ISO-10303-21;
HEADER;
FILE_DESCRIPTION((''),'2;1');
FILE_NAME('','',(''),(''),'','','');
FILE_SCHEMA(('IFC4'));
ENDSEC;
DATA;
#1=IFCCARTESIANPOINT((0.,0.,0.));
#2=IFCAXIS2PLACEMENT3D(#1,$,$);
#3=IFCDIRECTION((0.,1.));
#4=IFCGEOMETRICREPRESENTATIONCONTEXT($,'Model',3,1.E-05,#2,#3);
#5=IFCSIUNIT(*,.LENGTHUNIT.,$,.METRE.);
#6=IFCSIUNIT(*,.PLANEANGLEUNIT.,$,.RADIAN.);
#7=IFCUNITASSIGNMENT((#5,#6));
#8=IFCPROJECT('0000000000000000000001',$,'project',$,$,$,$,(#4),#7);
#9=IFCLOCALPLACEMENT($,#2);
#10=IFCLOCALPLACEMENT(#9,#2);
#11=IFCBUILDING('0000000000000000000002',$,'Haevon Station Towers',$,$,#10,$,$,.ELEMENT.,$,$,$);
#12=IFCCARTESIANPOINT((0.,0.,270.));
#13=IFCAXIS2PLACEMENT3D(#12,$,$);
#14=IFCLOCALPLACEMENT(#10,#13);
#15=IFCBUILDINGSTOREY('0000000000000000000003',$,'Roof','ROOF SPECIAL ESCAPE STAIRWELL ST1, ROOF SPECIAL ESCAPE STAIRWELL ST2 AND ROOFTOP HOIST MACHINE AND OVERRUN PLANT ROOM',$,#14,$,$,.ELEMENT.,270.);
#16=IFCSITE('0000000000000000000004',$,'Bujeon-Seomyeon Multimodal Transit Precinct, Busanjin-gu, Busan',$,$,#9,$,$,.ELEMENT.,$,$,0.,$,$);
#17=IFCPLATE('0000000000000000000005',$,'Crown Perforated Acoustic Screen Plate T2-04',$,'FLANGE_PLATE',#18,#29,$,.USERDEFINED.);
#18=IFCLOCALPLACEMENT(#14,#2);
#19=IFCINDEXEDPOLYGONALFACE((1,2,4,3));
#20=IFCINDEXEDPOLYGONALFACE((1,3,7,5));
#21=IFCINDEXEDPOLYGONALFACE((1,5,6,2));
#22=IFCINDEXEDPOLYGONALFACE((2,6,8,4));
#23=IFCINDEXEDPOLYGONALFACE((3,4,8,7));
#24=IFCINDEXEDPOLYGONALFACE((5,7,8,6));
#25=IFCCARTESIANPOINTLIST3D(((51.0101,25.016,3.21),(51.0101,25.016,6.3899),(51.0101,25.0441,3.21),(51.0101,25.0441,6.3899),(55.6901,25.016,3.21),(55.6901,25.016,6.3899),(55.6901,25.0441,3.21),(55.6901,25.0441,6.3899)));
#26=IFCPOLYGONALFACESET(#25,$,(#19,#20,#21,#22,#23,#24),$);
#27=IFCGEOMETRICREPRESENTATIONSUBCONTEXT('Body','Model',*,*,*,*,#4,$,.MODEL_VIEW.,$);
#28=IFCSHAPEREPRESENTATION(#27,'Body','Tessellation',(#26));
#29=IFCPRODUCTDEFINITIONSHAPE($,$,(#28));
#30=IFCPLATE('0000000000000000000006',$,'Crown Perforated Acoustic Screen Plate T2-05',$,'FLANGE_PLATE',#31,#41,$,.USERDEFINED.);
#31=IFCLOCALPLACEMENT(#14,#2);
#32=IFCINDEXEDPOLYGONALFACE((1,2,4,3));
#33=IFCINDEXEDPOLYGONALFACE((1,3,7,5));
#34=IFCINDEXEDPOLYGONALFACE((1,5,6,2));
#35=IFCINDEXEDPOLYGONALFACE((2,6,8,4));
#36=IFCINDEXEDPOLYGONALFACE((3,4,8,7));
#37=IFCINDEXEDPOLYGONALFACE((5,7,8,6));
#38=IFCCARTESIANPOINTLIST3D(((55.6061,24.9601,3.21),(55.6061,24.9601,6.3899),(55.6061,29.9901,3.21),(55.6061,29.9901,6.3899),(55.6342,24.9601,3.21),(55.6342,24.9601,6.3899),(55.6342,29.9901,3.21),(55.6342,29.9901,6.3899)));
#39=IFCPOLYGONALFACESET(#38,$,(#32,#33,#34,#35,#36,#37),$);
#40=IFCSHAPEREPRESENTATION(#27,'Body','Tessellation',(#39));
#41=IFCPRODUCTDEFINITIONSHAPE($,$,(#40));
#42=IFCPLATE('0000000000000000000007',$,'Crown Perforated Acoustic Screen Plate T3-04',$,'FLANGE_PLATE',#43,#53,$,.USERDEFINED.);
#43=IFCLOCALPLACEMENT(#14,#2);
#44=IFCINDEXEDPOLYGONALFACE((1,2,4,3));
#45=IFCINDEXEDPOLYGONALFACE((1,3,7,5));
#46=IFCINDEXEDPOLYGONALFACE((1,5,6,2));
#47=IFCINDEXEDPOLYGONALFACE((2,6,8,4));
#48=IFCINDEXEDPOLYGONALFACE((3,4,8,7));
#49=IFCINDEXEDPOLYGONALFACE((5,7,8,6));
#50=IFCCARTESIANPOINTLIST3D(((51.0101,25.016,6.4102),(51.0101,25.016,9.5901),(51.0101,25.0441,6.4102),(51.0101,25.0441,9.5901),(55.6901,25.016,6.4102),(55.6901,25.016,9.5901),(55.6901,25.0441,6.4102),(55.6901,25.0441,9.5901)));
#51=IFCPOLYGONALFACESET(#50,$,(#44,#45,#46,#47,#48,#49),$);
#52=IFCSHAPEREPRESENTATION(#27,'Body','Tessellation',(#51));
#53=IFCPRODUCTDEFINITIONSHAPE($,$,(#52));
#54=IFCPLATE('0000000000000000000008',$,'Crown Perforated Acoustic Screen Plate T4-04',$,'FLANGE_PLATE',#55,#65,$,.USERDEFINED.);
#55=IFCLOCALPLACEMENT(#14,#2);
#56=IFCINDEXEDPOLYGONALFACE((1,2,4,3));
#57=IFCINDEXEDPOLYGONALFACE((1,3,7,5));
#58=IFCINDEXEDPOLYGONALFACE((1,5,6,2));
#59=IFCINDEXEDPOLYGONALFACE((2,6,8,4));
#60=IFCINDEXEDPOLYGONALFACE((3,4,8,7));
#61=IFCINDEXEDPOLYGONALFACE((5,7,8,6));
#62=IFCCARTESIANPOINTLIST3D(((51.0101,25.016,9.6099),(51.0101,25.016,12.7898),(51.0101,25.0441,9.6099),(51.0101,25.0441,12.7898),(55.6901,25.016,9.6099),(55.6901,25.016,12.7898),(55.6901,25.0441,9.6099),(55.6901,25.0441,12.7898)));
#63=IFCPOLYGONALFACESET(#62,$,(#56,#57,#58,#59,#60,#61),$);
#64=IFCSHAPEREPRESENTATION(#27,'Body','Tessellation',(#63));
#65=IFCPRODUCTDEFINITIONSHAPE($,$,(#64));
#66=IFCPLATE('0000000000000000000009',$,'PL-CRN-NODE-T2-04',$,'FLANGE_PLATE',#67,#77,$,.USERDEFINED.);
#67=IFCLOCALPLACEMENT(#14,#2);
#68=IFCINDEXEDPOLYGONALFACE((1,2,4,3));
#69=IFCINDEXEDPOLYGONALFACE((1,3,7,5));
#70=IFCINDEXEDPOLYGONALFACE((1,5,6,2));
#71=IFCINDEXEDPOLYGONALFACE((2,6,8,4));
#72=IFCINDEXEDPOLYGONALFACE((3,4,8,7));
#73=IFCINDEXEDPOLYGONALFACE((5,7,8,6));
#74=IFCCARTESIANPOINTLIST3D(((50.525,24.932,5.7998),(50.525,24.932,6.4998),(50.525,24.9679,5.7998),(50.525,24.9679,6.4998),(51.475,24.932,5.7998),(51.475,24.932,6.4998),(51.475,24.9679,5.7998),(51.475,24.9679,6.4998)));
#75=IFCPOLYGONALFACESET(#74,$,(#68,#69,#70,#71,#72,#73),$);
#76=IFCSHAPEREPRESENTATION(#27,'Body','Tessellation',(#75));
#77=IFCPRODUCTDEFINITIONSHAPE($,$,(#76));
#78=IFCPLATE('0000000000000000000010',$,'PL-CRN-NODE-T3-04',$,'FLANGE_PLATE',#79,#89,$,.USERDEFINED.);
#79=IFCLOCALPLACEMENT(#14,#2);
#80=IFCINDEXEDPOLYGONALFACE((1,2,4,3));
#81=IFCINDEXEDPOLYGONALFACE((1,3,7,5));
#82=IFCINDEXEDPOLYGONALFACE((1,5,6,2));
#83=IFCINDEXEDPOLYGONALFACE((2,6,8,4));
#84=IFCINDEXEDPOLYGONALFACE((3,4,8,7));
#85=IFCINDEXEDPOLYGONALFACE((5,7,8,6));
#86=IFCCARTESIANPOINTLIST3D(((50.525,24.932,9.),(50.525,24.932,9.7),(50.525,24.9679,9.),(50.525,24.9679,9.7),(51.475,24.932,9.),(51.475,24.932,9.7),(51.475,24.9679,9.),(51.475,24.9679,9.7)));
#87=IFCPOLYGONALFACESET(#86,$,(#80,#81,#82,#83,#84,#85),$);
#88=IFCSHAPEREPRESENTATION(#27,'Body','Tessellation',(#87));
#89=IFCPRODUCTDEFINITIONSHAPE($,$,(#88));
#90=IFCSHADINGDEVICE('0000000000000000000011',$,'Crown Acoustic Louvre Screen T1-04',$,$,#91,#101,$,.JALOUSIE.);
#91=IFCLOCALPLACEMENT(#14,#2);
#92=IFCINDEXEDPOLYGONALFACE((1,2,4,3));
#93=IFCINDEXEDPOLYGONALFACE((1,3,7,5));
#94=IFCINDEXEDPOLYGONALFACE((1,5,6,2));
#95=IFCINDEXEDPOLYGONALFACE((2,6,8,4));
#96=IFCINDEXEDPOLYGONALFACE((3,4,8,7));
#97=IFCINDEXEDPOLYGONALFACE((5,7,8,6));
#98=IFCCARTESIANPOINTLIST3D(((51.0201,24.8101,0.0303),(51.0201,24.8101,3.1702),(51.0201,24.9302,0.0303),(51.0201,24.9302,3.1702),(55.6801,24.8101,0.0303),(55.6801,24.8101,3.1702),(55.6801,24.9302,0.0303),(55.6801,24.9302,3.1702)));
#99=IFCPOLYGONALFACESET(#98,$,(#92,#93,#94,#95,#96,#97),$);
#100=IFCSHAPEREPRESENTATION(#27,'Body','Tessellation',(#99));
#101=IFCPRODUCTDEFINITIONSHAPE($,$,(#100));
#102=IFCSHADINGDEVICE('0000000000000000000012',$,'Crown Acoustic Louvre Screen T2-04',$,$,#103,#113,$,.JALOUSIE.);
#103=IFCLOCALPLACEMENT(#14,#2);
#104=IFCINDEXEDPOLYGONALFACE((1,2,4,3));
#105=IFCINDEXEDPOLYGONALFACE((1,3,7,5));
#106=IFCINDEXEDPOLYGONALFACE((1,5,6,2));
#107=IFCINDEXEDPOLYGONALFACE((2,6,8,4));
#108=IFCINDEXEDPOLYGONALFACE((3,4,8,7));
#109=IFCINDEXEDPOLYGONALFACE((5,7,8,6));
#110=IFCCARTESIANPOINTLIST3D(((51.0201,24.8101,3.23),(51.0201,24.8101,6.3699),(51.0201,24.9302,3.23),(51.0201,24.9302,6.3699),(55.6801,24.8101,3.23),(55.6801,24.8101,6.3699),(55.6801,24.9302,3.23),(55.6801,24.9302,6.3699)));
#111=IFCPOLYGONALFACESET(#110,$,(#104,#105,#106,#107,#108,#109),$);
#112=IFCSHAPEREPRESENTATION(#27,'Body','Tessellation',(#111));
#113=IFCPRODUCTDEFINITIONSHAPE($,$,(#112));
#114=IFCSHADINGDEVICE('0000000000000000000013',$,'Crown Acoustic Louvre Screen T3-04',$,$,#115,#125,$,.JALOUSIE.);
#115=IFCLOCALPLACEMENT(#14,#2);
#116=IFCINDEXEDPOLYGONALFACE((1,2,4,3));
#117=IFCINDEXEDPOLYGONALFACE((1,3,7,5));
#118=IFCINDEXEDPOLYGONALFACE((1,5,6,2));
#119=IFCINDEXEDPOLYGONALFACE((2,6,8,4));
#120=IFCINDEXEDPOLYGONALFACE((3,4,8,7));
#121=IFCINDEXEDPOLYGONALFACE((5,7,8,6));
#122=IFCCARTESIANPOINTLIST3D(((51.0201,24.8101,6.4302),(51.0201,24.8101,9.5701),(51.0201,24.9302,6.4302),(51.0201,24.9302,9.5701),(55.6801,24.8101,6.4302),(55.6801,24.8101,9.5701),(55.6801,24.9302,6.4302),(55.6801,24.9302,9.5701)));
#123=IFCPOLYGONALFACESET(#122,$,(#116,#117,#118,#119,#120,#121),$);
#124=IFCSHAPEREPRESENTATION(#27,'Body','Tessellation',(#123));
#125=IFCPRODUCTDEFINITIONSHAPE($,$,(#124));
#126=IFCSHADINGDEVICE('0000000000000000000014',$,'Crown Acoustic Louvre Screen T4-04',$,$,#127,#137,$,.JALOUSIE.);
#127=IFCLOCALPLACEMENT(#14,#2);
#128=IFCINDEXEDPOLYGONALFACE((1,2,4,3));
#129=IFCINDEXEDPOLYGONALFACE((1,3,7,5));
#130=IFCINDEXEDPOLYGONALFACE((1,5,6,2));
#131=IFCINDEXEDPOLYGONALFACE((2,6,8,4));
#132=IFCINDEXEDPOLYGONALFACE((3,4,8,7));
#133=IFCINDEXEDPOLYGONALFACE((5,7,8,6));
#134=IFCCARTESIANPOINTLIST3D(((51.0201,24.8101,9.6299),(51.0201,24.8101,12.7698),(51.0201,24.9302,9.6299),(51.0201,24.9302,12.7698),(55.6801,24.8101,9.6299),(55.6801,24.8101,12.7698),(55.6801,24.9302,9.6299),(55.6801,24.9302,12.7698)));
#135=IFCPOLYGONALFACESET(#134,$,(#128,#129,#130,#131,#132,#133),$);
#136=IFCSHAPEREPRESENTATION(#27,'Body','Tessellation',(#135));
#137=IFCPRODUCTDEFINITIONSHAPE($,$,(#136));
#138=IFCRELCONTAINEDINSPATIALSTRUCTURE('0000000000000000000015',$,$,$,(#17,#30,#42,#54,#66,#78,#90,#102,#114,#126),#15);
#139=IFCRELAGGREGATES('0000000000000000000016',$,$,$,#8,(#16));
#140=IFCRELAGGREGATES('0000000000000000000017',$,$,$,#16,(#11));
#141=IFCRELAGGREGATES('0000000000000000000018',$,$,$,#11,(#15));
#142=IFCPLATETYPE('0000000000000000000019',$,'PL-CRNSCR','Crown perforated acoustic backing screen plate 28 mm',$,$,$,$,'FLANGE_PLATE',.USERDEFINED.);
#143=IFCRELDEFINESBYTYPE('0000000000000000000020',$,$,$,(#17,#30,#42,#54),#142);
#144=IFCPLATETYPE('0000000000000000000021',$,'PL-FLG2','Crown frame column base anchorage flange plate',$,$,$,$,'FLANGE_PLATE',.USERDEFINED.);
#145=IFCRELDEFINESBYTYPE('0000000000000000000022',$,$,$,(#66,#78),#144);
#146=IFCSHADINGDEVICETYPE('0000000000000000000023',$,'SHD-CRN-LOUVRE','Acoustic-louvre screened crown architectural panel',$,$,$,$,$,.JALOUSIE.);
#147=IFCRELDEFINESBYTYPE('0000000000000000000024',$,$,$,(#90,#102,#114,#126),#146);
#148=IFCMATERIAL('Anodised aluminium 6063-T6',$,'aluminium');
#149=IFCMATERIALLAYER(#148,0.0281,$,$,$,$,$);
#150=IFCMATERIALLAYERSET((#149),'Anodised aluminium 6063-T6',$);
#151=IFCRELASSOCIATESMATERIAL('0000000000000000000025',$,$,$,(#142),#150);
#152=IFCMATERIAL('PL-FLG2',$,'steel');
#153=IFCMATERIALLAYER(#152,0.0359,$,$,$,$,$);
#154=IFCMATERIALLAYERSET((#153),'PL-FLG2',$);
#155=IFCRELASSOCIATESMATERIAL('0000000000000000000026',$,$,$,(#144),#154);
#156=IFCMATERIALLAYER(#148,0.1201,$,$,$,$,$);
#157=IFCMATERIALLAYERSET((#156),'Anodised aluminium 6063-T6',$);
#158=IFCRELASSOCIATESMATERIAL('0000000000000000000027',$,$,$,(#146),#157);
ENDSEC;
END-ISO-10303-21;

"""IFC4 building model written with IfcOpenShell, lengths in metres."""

from ifc_helpers import new_model, si_unit, direction, frame, origin, origin_2d, place, context, subcontext, project, spatial, rectangle, extrude, material, layer, layer_set, type_object, element, save


model = new_model("IFC4")

# Units and contexts
model_context = context("Model", 3, precision=1e-05, world=origin(), true_north=direction((0.0, 1.0)))
body_context = subcontext(model_context, "Body", "Model", "MODEL_VIEW")
ifc_project = project(units=[si_unit("LENGTHUNIT", "METRE"), si_unit("PLANEANGLEUNIT", "RADIAN")], contexts=[model_context])

# Site, building, storey
site_placement = place(None, origin())
site = spatial("IfcSite", under=ifc_project, at=site_placement, Name="Bujeon-Seomyeon Multimodal Transit Precinct, Busanjin-gu, Busan", CompositionType="ELEMENT", RefElevation=0.0)
building_placement = place(site_placement, origin())
building = spatial("IfcBuilding", under=site, at=building_placement, Name="Haevon Station Towers", CompositionType="ELEMENT")
storey_placement = place(building_placement, frame((0.0, 0.0, 270.0)))
storey = spatial("IfcBuildingStorey", under=building, at=storey_placement, Name="Roof", Description="ROOF SPECIAL ESCAPE STAIRWELL ST1, ROOF SPECIAL ESCAPE STAIRWELL ST2 AND ROOFTOP HOIST MACHINE AND OVERRUN PLANT ROOM", CompositionType="ELEMENT", Elevation=270.0)

# Plates
ifc_material_1 = material(Name="Anodised aluminium 6063-T6", Category="aluminium")
ifc_layer_1 = layer(ifc_material_1, 0.0281)
ifc_layer_set_1 = layer_set([ifc_layer_1], Name="Anodised aluminium 6063-T6")
plate_type_1 = type_object("IfcPlateType", Name="PL-CRNSCR", Description="Crown perforated acoustic backing screen plate 28 mm", ElementType="FLANGE_PLATE", PredefinedType="USERDEFINED", material=ifc_layer_set_1)
plate_1_placement = place(storey_placement, frame((53.3501, 25.03, 3.21), z_axis=(0.0, 0.0, 1.0), x_axis=(1.0, 0.0, 0.0)))
element("IfcPlate", 1, at=plate_1_placement, inside=storey, type_object=plate_type_1, Name="Crown Perforated Acoustic Screen Plate T2-04", ObjectType="FLANGE_PLATE", PredefinedType="USERDEFINED", context=body_context, shape_type="SweptSolid", body=[
    extrude(rectangle(XDim=4.6799, YDim=0.0281, at=origin_2d()), origin(), (0.0, 0.0, 1.0), 3.1799),
])
plate_2_placement = place(storey_placement, frame((55.6201, 27.4751, 3.21), z_axis=(0.0, 0.0, 1.0), x_axis=(0.0, 1.0, 0.0)))
element("IfcPlate", 2, at=plate_2_placement, inside=storey, type_object=plate_type_1, Name="Crown Perforated Acoustic Screen Plate T2-05", ObjectType="FLANGE_PLATE", PredefinedType="USERDEFINED", context=body_context, shape_type="SweptSolid", body=[
    extrude(rectangle(XDim=5.03, YDim=0.0281, at=origin_2d()), origin(), (0.0, 0.0, 1.0), 3.1799),
])
for number, where, z_axis, x_axis, name in (
    (3, (53.3501, 25.03, 6.4102), (0.0, 0.0, 1.0), (1.0, 0.0, 0.0), "Crown Perforated Acoustic Screen Plate T3-04"),
    (4, (53.3501, 25.03, 9.6099), (0.0, 0.0, 1.0), (1.0, 0.0, 0.0), "Crown Perforated Acoustic Screen Plate T4-04"),
):
    element("IfcPlate", number, at=place(storey_placement, frame(where, z_axis=z_axis, x_axis=x_axis)), inside=storey, type_object=plate_type_1, Name=name, ObjectType="FLANGE_PLATE", PredefinedType="USERDEFINED", context=body_context, shape_type="SweptSolid", body=[
        extrude(rectangle(XDim=4.6799, YDim=0.0281, at=origin_2d()), origin(), (0.0, 0.0, 1.0), 3.1799),
    ])
ifc_material_2 = material(Name="PL-FLG2", Category="steel")
ifc_layer_2 = layer(ifc_material_2, 0.0359)
ifc_layer_set_2 = layer_set([ifc_layer_2], Name="PL-FLG2")
plate_type_2 = type_object("IfcPlateType", Name="PL-FLG2", Description="Crown frame column base anchorage flange plate", ElementType="FLANGE_PLATE", PredefinedType="USERDEFINED", material=ifc_layer_set_2)
for number, where, z_axis, x_axis, name in (
    (5, (51.0, 24.95, 5.7998), (0.0, 0.0, 1.0), (1.0, 0.0, 0.0), "PL-CRN-NODE-T2-04"),
    (6, (51.0, 24.95, 9.0), (0.0, 0.0, 1.0), (1.0, 0.0, 0.0), "PL-CRN-NODE-T3-04"),
):
    element("IfcPlate", number, at=place(storey_placement, frame(where, z_axis=z_axis, x_axis=x_axis)), inside=storey, type_object=plate_type_2, Name=name, ObjectType="FLANGE_PLATE", PredefinedType="USERDEFINED", context=body_context, shape_type="SweptSolid", body=[
        extrude(rectangle(XDim=0.95, YDim=0.0359, at=origin_2d()), origin(), (0.0, 0.0, 1.0), 0.7),
    ])

# Shading devices
ifc_layer_3 = layer(ifc_material_1, 0.1201)
ifc_layer_set_3 = layer_set([ifc_layer_3], Name="Anodised aluminium 6063-T6")
shading_device_type = type_object("IfcShadingDeviceType", Name="SHD-CRN-LOUVRE", Description="Acoustic-louvre screened crown architectural panel", PredefinedType="JALOUSIE", material=ifc_layer_set_3)
for number, where, z_axis, x_axis, name in (
    (7, (53.3501, 24.8701, 0.0303), (0.0, 0.0, 1.0), (1.0, 0.0, 0.0), "Crown Acoustic Louvre Screen T1-04"),
    (8, (53.3501, 24.8701, 3.23), (0.0, 0.0, 1.0), (1.0, 0.0, 0.0), "Crown Acoustic Louvre Screen T2-04"),
    (9, (53.3501, 24.8701, 6.4302), (0.0, 0.0, 1.0), (1.0, 0.0, 0.0), "Crown Acoustic Louvre Screen T3-04"),
    (10, (53.3501, 24.8701, 9.6299), (0.0, 0.0, 1.0), (1.0, 0.0, 0.0), "Crown Acoustic Louvre Screen T4-04"),
):
    element("IfcShadingDevice", number, at=place(storey_placement, frame(where, z_axis=z_axis, x_axis=x_axis)), inside=storey, type_object=shading_device_type, Name=name, PredefinedType="JALOUSIE", context=body_context, shape_type="SweptSolid", body=[
        extrude(rectangle(XDim=4.6599, YDim=0.1201, at=origin_2d()), origin(), (0.0, 0.0, 1.0), 3.1399),
    ])

save(model, "model.ifc")
